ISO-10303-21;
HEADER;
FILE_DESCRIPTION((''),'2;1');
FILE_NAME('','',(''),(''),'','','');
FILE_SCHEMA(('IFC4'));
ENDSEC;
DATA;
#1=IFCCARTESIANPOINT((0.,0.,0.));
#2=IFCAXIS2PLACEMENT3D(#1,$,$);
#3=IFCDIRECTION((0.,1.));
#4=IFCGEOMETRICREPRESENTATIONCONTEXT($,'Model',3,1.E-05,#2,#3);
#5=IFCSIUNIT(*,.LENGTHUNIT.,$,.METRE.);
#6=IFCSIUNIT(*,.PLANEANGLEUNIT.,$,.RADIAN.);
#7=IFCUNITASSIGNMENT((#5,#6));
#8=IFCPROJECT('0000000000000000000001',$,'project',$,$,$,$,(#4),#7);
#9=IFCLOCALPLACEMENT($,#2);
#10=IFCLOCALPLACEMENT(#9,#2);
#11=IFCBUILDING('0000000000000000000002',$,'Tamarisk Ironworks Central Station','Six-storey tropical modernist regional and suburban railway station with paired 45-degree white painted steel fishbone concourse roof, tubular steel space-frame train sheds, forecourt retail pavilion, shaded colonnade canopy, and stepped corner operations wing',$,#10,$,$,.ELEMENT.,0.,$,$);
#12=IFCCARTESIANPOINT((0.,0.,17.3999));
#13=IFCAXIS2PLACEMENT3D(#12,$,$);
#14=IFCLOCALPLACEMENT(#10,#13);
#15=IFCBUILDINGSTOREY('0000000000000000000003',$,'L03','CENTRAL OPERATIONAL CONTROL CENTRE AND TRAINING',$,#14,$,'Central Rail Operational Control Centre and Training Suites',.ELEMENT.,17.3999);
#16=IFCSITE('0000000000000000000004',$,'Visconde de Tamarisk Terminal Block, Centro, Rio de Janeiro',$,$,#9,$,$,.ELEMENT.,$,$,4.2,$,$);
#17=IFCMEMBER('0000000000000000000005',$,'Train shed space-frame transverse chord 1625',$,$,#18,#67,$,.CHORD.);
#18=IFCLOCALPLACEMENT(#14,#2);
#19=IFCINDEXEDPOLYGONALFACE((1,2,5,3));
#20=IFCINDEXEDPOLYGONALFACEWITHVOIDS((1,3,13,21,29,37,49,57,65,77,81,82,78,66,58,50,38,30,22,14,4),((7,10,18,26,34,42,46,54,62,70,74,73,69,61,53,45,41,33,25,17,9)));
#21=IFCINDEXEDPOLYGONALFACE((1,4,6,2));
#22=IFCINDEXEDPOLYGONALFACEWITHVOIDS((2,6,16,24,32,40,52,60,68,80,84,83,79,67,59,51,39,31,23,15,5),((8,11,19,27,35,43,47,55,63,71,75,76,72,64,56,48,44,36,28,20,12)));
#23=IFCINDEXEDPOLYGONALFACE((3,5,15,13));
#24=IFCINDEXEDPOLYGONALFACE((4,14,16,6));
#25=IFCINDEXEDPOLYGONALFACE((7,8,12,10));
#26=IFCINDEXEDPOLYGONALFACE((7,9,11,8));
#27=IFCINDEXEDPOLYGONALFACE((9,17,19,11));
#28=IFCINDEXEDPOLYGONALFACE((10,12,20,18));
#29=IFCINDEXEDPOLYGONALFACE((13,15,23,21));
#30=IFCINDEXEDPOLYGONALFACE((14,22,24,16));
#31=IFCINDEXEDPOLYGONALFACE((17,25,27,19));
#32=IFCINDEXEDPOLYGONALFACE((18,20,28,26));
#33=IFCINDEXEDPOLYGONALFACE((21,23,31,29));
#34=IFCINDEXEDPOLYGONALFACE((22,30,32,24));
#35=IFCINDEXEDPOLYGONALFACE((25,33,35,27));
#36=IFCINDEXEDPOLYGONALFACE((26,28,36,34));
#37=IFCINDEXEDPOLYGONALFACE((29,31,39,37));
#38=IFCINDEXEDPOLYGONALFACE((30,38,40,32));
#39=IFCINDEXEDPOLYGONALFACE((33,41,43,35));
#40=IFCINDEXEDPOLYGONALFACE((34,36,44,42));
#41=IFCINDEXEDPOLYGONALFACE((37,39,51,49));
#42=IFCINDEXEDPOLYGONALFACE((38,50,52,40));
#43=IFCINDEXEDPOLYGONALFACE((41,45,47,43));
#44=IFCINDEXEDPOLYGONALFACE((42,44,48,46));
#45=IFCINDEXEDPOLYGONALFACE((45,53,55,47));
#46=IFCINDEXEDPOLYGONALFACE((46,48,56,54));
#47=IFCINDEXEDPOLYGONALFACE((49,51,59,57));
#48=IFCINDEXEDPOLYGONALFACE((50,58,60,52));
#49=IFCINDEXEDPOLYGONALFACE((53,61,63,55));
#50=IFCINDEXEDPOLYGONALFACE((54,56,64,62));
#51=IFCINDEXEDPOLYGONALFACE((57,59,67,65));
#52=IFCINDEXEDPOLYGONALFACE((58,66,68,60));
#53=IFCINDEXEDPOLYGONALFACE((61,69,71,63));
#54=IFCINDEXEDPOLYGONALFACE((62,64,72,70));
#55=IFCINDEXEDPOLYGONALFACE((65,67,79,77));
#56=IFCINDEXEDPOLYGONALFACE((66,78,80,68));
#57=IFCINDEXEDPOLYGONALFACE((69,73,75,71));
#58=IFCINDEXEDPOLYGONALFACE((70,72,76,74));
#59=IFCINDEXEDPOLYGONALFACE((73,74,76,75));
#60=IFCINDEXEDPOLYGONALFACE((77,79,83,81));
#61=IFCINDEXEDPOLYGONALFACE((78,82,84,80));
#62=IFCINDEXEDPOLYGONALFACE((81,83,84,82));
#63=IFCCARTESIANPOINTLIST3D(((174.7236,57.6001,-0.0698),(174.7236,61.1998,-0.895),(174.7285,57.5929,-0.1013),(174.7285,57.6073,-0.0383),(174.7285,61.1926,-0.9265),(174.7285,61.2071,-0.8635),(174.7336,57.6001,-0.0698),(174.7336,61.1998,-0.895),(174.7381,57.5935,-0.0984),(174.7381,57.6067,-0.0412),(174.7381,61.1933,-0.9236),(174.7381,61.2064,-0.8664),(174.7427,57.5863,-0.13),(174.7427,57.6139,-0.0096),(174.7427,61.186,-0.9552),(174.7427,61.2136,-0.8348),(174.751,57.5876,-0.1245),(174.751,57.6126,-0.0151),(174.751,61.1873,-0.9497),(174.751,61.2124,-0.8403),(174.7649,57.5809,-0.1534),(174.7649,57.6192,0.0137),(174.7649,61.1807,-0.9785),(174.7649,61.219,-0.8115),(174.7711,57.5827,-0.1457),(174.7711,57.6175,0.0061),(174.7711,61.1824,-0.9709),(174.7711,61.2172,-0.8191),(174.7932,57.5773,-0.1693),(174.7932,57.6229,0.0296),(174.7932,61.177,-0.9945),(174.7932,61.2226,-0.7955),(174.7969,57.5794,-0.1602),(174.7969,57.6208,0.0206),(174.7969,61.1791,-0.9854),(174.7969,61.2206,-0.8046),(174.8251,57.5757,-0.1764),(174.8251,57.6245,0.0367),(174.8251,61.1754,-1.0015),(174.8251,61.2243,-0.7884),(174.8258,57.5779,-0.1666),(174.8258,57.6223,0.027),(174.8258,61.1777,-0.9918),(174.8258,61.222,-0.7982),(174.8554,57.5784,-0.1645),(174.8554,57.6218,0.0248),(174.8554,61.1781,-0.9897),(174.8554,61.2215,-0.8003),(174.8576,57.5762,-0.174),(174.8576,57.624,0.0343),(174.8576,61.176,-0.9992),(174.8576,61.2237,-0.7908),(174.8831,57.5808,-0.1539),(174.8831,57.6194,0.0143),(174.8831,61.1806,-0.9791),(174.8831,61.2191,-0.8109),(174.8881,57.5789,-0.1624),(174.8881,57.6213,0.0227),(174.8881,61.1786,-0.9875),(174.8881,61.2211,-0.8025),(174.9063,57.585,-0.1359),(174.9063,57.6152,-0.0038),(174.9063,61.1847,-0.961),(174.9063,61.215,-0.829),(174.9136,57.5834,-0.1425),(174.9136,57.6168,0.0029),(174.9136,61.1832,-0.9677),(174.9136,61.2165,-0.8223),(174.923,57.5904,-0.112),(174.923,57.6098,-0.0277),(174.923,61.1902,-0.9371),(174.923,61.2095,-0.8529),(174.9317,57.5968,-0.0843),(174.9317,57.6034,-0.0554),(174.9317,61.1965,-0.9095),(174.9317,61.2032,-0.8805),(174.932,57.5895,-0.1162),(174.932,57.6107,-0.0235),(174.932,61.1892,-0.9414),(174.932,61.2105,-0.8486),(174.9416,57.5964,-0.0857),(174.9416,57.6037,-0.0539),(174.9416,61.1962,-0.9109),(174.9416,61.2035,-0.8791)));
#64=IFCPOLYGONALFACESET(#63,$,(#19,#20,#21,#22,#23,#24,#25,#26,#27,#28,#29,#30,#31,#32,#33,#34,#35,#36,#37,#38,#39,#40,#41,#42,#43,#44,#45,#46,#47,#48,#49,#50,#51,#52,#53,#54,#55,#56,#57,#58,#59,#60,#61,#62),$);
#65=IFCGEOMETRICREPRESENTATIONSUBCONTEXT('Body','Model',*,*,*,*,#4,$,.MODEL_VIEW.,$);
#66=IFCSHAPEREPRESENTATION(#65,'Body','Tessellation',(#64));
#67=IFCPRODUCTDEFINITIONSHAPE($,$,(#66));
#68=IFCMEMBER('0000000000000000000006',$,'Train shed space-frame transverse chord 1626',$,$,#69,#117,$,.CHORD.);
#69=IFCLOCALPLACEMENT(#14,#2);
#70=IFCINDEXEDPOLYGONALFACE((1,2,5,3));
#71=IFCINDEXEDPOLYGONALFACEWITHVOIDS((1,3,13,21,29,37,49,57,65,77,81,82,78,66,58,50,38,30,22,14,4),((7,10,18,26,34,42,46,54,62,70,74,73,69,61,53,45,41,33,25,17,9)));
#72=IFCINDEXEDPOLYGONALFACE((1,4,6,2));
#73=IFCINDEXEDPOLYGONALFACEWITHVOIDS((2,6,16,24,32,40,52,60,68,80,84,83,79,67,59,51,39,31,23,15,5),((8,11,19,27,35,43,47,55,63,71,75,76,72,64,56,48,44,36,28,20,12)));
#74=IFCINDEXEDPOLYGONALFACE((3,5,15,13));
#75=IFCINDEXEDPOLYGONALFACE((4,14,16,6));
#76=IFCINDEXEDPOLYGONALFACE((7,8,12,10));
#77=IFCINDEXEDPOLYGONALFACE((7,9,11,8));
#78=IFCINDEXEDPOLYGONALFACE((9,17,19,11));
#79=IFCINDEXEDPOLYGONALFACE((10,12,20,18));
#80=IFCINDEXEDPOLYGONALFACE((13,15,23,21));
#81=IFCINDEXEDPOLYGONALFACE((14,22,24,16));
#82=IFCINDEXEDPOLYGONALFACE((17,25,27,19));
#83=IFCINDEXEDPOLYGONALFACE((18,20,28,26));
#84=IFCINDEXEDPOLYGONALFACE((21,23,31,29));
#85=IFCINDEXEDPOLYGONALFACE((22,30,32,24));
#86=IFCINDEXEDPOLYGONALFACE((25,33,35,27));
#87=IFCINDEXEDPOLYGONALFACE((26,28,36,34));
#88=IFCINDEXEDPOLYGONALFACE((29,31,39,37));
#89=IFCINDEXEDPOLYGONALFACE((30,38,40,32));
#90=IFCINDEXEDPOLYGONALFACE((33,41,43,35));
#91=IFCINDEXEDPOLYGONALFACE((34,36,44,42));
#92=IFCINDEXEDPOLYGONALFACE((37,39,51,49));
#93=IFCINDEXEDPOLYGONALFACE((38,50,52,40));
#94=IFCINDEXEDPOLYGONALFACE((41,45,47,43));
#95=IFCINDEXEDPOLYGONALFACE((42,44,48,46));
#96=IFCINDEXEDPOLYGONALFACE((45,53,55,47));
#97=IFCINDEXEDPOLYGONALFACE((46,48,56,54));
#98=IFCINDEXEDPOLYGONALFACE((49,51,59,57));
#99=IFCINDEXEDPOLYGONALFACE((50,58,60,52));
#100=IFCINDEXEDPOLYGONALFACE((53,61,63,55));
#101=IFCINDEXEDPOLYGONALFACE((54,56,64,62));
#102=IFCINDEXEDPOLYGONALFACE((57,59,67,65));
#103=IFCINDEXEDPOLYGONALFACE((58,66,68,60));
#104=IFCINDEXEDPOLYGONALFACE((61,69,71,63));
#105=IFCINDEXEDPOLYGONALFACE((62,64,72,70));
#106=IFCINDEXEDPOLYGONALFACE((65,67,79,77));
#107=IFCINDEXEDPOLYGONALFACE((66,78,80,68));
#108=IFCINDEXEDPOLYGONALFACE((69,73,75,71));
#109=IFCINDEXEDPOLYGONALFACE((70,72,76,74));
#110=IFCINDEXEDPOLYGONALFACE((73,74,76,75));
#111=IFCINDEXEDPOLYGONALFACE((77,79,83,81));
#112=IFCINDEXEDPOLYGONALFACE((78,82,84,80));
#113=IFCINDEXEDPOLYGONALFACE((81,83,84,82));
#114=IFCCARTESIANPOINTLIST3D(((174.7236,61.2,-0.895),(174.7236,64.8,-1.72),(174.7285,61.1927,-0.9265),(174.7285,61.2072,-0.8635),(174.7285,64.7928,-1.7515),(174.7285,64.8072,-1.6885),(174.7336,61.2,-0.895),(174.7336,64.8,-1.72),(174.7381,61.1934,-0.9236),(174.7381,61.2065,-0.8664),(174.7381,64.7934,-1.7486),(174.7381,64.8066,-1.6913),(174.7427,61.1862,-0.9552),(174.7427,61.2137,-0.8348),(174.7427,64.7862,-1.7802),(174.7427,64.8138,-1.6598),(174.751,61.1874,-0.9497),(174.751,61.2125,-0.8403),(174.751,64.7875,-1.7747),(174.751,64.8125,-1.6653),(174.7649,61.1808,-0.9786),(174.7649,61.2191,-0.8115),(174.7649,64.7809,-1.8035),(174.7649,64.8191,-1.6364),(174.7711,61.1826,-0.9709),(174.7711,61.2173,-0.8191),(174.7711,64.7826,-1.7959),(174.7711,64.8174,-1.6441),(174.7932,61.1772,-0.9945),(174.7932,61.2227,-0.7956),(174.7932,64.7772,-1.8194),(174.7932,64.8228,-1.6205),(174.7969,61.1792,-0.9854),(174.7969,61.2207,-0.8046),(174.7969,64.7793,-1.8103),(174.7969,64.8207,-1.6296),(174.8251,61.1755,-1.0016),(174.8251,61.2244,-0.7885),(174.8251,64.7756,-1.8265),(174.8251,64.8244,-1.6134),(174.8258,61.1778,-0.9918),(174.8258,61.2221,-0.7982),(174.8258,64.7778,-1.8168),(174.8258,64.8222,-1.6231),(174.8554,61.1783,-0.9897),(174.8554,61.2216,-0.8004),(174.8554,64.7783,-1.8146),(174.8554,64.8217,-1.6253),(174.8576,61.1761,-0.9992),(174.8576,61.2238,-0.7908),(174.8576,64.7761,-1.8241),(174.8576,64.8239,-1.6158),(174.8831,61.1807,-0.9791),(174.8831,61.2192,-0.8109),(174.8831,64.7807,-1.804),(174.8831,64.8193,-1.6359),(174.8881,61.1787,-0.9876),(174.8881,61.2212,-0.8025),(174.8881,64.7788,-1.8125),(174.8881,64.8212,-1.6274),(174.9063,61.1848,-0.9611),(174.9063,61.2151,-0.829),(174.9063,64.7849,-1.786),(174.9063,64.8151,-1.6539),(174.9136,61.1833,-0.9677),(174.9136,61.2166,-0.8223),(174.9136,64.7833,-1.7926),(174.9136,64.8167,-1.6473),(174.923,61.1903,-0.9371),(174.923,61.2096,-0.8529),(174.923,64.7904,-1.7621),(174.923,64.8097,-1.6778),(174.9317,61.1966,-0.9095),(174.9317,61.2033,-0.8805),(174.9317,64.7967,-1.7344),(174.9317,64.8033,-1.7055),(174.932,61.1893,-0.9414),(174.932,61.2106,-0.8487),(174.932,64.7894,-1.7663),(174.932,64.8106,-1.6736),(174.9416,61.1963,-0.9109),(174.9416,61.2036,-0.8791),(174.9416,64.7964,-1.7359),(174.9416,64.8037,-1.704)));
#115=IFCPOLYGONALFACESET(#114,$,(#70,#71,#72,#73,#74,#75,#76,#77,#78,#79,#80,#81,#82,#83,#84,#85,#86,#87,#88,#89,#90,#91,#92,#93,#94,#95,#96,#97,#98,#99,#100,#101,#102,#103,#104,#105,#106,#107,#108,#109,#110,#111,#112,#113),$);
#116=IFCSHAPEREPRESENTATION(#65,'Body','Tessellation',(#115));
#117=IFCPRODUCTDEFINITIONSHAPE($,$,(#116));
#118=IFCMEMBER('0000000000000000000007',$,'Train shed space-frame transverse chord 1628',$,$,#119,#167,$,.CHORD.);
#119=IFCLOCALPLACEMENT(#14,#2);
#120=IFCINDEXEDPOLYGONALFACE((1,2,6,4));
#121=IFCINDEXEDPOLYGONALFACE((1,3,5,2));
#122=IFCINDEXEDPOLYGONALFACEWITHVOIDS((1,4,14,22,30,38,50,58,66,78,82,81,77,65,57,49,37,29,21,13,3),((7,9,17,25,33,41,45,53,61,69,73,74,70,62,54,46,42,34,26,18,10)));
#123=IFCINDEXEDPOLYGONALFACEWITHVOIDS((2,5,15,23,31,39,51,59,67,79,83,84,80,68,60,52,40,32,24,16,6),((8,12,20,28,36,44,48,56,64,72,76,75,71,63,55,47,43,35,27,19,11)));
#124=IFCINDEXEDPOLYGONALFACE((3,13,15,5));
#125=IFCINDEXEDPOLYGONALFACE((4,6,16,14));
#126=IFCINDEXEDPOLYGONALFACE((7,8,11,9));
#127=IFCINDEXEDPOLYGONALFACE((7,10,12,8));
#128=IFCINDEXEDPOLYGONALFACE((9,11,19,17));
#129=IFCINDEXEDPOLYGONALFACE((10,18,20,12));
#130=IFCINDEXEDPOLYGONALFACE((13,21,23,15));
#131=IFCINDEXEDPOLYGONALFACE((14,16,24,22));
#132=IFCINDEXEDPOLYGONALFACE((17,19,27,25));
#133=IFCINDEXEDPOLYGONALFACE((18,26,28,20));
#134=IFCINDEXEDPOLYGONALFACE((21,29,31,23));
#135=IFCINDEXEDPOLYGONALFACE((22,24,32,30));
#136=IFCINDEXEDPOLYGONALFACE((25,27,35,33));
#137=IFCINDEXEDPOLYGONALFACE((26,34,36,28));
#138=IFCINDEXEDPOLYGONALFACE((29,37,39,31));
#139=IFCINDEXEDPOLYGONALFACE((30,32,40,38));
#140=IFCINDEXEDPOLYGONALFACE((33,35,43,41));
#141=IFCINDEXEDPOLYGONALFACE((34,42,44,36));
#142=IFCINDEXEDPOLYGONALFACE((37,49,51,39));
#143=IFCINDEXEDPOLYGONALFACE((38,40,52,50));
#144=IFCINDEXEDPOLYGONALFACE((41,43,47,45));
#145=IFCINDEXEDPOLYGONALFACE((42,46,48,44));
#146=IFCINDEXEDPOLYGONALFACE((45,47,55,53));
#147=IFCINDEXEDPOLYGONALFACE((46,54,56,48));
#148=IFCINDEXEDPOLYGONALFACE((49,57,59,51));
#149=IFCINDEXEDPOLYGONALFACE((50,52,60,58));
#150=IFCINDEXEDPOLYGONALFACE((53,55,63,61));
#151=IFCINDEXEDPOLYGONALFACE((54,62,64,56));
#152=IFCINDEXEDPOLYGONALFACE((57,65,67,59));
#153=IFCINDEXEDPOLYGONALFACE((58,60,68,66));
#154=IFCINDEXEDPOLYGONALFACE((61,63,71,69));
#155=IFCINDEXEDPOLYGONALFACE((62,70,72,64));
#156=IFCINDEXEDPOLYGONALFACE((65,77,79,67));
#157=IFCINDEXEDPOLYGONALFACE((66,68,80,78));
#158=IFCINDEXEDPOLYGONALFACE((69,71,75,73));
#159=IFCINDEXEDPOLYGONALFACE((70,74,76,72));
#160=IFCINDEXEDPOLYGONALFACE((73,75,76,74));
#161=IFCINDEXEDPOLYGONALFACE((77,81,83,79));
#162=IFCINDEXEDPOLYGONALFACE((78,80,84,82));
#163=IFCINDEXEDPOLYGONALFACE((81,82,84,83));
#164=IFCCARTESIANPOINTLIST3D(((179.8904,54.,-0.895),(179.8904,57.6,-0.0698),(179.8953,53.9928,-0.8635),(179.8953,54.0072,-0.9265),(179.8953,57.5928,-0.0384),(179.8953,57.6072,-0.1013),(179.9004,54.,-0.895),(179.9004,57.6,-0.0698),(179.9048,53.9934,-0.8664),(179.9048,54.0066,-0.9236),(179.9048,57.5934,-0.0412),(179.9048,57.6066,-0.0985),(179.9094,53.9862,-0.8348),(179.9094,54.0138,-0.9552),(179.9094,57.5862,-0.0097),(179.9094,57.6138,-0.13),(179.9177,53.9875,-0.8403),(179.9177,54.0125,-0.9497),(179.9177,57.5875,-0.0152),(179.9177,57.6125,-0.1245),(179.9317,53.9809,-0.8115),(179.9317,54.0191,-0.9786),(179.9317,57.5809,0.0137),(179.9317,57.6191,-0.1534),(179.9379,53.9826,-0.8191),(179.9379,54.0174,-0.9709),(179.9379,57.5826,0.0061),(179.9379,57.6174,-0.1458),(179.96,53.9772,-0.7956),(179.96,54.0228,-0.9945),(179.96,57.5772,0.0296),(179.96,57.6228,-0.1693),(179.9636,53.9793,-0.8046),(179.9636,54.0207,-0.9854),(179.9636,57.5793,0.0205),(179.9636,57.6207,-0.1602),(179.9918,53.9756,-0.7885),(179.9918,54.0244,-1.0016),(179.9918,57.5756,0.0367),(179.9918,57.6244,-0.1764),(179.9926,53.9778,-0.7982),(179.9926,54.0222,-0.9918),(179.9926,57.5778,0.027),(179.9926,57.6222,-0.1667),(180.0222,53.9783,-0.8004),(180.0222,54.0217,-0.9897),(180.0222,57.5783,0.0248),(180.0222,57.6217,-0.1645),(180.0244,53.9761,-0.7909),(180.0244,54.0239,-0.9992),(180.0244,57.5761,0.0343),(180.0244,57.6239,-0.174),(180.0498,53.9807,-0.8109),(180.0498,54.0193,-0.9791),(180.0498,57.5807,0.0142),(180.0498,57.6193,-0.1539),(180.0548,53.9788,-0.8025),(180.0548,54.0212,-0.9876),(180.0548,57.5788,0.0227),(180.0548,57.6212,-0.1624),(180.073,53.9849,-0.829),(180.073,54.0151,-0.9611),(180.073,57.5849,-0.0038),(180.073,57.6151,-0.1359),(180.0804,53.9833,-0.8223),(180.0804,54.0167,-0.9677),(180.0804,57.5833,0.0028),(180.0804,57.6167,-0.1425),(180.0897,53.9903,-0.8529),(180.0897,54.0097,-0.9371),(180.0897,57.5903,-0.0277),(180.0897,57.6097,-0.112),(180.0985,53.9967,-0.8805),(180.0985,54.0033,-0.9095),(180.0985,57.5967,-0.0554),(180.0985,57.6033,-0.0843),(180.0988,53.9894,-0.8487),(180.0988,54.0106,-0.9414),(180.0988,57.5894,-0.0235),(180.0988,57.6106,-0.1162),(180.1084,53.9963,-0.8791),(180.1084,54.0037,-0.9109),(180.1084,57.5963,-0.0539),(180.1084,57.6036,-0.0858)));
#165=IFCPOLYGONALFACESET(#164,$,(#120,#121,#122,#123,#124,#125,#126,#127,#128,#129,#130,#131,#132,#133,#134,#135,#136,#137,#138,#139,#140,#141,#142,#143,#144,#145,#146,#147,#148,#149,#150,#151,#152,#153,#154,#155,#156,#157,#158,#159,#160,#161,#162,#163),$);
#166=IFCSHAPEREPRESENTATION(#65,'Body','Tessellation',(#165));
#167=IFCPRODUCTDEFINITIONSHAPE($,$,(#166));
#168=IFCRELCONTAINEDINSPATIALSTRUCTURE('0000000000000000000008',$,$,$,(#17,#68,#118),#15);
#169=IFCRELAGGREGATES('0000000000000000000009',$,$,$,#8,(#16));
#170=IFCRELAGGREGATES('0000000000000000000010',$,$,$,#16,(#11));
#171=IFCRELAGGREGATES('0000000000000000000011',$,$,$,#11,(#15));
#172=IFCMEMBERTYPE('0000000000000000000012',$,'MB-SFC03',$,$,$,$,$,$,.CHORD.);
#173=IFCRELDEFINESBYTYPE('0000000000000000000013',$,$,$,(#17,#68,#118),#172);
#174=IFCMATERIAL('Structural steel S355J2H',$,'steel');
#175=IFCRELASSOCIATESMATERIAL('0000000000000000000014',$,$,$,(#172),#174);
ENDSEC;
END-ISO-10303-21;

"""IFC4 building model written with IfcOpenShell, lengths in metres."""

from ifc_helpers import new_model, si_unit, direction, frame, origin, origin_2d, place, context, subcontext, project, spatial, hollow_circle, extrude, material, material_profile, profile_set, type_object, element, save


model = new_model("IFC4")

# Units and contexts
model_context = context("Model", 3, precision=1e-05, world=origin(), true_north=direction((0.0, 1.0)))
body_context = subcontext(model_context, "Body", "Model", "MODEL_VIEW")
ifc_project = project(units=[si_unit("LENGTHUNIT", "METRE"), si_unit("PLANEANGLEUNIT", "RADIAN")], contexts=[model_context])

# Site, building, storey
site_placement = place(None, origin())
site = spatial("IfcSite", under=ifc_project, at=site_placement, Name="Visconde de Tamarisk Terminal Block, Centro, Rio de Janeiro", CompositionType="ELEMENT", RefElevation=4.2)
building_placement = place(site_placement, origin())
building = spatial("IfcBuilding", under=site, at=building_placement, Name="Tamarisk Ironworks Central Station", Description="Six-storey tropical modernist regional and suburban railway station with paired 45-degree white painted steel fishbone concourse roof, tubular steel space-frame train sheds, forecourt retail pavilion, shaded colonnade canopy, and stepped corner operations wing", CompositionType="ELEMENT", ElevationOfRefHeight=0.0)
storey_placement = place(building_placement, frame((0.0, 0.0, 17.3999)))
storey = spatial("IfcBuildingStorey", under=building, at=storey_placement, Name="L03", Description="CENTRAL OPERATIONAL CONTROL CENTRE AND TRAINING", LongName="Central Rail Operational Control Centre and Training Suites", CompositionType="ELEMENT", Elevation=17.3999)

# Members
ifc_material = material(Name="Structural steel S355J2H", Category="steel")
ifc_material_profile_1 = material_profile(ifc_material, hollow_circle(Radius=0.1096, WallThickness=0.01, at=origin_2d()), Name="CHS 219.1x10")
ifc_profile_set_1 = profile_set([ifc_material_profile_1], Name="Structural steel S355J2H")
member_type_1 = type_object("IfcMemberType", Name="MB-SFC03", PredefinedType="CHORD", material=ifc_profile_set_1)
member_1_placement = place(storey_placement, frame((174.8333, 57.6001, -0.0698), z_axis=(0.0, 0.974719, -0.223435), x_axis=(-1.0, 0.0, 0.0)))
element("IfcMember", 1, at=member_1_placement, inside=storey, type_object=member_type_1, Name="Train shed space-frame transverse chord 1625", PredefinedType="CHORD", context=body_context, shape_type="SweptSolid", body=[
    extrude(hollow_circle(Radius=0.1096, WallThickness=0.01, at=origin_2d()), origin(), (0.0, 0.0, 1.0), 3.6931),
])
for number, where, z_axis, x_axis, name in (
    (2, (174.8333, 61.2, -0.895), (0.0, 0.974737, -0.223358), (-1.0, 0.0, 0.0), "Train shed space-frame transverse chord 1626"),
    (3, (180.0, 54.0, -0.895), (0.0, 0.974722, 0.223421), (-1.0, 0.0, 0.0), "Train shed space-frame transverse chord 1628"),
):
    element("IfcMember", number, at=place(storey_placement, frame(where, z_axis=z_axis, x_axis=x_axis)), inside=storey, type_object=member_type_1, Name=name, PredefinedType="CHORD", context=body_context, shape_type="SweptSolid", body=[
        extrude(hollow_circle(Radius=0.1096, WallThickness=0.01, at=origin_2d()), origin(), (0.0, 0.0, 1.0), 3.6934),
    ])

save(model, "model.ifc")
